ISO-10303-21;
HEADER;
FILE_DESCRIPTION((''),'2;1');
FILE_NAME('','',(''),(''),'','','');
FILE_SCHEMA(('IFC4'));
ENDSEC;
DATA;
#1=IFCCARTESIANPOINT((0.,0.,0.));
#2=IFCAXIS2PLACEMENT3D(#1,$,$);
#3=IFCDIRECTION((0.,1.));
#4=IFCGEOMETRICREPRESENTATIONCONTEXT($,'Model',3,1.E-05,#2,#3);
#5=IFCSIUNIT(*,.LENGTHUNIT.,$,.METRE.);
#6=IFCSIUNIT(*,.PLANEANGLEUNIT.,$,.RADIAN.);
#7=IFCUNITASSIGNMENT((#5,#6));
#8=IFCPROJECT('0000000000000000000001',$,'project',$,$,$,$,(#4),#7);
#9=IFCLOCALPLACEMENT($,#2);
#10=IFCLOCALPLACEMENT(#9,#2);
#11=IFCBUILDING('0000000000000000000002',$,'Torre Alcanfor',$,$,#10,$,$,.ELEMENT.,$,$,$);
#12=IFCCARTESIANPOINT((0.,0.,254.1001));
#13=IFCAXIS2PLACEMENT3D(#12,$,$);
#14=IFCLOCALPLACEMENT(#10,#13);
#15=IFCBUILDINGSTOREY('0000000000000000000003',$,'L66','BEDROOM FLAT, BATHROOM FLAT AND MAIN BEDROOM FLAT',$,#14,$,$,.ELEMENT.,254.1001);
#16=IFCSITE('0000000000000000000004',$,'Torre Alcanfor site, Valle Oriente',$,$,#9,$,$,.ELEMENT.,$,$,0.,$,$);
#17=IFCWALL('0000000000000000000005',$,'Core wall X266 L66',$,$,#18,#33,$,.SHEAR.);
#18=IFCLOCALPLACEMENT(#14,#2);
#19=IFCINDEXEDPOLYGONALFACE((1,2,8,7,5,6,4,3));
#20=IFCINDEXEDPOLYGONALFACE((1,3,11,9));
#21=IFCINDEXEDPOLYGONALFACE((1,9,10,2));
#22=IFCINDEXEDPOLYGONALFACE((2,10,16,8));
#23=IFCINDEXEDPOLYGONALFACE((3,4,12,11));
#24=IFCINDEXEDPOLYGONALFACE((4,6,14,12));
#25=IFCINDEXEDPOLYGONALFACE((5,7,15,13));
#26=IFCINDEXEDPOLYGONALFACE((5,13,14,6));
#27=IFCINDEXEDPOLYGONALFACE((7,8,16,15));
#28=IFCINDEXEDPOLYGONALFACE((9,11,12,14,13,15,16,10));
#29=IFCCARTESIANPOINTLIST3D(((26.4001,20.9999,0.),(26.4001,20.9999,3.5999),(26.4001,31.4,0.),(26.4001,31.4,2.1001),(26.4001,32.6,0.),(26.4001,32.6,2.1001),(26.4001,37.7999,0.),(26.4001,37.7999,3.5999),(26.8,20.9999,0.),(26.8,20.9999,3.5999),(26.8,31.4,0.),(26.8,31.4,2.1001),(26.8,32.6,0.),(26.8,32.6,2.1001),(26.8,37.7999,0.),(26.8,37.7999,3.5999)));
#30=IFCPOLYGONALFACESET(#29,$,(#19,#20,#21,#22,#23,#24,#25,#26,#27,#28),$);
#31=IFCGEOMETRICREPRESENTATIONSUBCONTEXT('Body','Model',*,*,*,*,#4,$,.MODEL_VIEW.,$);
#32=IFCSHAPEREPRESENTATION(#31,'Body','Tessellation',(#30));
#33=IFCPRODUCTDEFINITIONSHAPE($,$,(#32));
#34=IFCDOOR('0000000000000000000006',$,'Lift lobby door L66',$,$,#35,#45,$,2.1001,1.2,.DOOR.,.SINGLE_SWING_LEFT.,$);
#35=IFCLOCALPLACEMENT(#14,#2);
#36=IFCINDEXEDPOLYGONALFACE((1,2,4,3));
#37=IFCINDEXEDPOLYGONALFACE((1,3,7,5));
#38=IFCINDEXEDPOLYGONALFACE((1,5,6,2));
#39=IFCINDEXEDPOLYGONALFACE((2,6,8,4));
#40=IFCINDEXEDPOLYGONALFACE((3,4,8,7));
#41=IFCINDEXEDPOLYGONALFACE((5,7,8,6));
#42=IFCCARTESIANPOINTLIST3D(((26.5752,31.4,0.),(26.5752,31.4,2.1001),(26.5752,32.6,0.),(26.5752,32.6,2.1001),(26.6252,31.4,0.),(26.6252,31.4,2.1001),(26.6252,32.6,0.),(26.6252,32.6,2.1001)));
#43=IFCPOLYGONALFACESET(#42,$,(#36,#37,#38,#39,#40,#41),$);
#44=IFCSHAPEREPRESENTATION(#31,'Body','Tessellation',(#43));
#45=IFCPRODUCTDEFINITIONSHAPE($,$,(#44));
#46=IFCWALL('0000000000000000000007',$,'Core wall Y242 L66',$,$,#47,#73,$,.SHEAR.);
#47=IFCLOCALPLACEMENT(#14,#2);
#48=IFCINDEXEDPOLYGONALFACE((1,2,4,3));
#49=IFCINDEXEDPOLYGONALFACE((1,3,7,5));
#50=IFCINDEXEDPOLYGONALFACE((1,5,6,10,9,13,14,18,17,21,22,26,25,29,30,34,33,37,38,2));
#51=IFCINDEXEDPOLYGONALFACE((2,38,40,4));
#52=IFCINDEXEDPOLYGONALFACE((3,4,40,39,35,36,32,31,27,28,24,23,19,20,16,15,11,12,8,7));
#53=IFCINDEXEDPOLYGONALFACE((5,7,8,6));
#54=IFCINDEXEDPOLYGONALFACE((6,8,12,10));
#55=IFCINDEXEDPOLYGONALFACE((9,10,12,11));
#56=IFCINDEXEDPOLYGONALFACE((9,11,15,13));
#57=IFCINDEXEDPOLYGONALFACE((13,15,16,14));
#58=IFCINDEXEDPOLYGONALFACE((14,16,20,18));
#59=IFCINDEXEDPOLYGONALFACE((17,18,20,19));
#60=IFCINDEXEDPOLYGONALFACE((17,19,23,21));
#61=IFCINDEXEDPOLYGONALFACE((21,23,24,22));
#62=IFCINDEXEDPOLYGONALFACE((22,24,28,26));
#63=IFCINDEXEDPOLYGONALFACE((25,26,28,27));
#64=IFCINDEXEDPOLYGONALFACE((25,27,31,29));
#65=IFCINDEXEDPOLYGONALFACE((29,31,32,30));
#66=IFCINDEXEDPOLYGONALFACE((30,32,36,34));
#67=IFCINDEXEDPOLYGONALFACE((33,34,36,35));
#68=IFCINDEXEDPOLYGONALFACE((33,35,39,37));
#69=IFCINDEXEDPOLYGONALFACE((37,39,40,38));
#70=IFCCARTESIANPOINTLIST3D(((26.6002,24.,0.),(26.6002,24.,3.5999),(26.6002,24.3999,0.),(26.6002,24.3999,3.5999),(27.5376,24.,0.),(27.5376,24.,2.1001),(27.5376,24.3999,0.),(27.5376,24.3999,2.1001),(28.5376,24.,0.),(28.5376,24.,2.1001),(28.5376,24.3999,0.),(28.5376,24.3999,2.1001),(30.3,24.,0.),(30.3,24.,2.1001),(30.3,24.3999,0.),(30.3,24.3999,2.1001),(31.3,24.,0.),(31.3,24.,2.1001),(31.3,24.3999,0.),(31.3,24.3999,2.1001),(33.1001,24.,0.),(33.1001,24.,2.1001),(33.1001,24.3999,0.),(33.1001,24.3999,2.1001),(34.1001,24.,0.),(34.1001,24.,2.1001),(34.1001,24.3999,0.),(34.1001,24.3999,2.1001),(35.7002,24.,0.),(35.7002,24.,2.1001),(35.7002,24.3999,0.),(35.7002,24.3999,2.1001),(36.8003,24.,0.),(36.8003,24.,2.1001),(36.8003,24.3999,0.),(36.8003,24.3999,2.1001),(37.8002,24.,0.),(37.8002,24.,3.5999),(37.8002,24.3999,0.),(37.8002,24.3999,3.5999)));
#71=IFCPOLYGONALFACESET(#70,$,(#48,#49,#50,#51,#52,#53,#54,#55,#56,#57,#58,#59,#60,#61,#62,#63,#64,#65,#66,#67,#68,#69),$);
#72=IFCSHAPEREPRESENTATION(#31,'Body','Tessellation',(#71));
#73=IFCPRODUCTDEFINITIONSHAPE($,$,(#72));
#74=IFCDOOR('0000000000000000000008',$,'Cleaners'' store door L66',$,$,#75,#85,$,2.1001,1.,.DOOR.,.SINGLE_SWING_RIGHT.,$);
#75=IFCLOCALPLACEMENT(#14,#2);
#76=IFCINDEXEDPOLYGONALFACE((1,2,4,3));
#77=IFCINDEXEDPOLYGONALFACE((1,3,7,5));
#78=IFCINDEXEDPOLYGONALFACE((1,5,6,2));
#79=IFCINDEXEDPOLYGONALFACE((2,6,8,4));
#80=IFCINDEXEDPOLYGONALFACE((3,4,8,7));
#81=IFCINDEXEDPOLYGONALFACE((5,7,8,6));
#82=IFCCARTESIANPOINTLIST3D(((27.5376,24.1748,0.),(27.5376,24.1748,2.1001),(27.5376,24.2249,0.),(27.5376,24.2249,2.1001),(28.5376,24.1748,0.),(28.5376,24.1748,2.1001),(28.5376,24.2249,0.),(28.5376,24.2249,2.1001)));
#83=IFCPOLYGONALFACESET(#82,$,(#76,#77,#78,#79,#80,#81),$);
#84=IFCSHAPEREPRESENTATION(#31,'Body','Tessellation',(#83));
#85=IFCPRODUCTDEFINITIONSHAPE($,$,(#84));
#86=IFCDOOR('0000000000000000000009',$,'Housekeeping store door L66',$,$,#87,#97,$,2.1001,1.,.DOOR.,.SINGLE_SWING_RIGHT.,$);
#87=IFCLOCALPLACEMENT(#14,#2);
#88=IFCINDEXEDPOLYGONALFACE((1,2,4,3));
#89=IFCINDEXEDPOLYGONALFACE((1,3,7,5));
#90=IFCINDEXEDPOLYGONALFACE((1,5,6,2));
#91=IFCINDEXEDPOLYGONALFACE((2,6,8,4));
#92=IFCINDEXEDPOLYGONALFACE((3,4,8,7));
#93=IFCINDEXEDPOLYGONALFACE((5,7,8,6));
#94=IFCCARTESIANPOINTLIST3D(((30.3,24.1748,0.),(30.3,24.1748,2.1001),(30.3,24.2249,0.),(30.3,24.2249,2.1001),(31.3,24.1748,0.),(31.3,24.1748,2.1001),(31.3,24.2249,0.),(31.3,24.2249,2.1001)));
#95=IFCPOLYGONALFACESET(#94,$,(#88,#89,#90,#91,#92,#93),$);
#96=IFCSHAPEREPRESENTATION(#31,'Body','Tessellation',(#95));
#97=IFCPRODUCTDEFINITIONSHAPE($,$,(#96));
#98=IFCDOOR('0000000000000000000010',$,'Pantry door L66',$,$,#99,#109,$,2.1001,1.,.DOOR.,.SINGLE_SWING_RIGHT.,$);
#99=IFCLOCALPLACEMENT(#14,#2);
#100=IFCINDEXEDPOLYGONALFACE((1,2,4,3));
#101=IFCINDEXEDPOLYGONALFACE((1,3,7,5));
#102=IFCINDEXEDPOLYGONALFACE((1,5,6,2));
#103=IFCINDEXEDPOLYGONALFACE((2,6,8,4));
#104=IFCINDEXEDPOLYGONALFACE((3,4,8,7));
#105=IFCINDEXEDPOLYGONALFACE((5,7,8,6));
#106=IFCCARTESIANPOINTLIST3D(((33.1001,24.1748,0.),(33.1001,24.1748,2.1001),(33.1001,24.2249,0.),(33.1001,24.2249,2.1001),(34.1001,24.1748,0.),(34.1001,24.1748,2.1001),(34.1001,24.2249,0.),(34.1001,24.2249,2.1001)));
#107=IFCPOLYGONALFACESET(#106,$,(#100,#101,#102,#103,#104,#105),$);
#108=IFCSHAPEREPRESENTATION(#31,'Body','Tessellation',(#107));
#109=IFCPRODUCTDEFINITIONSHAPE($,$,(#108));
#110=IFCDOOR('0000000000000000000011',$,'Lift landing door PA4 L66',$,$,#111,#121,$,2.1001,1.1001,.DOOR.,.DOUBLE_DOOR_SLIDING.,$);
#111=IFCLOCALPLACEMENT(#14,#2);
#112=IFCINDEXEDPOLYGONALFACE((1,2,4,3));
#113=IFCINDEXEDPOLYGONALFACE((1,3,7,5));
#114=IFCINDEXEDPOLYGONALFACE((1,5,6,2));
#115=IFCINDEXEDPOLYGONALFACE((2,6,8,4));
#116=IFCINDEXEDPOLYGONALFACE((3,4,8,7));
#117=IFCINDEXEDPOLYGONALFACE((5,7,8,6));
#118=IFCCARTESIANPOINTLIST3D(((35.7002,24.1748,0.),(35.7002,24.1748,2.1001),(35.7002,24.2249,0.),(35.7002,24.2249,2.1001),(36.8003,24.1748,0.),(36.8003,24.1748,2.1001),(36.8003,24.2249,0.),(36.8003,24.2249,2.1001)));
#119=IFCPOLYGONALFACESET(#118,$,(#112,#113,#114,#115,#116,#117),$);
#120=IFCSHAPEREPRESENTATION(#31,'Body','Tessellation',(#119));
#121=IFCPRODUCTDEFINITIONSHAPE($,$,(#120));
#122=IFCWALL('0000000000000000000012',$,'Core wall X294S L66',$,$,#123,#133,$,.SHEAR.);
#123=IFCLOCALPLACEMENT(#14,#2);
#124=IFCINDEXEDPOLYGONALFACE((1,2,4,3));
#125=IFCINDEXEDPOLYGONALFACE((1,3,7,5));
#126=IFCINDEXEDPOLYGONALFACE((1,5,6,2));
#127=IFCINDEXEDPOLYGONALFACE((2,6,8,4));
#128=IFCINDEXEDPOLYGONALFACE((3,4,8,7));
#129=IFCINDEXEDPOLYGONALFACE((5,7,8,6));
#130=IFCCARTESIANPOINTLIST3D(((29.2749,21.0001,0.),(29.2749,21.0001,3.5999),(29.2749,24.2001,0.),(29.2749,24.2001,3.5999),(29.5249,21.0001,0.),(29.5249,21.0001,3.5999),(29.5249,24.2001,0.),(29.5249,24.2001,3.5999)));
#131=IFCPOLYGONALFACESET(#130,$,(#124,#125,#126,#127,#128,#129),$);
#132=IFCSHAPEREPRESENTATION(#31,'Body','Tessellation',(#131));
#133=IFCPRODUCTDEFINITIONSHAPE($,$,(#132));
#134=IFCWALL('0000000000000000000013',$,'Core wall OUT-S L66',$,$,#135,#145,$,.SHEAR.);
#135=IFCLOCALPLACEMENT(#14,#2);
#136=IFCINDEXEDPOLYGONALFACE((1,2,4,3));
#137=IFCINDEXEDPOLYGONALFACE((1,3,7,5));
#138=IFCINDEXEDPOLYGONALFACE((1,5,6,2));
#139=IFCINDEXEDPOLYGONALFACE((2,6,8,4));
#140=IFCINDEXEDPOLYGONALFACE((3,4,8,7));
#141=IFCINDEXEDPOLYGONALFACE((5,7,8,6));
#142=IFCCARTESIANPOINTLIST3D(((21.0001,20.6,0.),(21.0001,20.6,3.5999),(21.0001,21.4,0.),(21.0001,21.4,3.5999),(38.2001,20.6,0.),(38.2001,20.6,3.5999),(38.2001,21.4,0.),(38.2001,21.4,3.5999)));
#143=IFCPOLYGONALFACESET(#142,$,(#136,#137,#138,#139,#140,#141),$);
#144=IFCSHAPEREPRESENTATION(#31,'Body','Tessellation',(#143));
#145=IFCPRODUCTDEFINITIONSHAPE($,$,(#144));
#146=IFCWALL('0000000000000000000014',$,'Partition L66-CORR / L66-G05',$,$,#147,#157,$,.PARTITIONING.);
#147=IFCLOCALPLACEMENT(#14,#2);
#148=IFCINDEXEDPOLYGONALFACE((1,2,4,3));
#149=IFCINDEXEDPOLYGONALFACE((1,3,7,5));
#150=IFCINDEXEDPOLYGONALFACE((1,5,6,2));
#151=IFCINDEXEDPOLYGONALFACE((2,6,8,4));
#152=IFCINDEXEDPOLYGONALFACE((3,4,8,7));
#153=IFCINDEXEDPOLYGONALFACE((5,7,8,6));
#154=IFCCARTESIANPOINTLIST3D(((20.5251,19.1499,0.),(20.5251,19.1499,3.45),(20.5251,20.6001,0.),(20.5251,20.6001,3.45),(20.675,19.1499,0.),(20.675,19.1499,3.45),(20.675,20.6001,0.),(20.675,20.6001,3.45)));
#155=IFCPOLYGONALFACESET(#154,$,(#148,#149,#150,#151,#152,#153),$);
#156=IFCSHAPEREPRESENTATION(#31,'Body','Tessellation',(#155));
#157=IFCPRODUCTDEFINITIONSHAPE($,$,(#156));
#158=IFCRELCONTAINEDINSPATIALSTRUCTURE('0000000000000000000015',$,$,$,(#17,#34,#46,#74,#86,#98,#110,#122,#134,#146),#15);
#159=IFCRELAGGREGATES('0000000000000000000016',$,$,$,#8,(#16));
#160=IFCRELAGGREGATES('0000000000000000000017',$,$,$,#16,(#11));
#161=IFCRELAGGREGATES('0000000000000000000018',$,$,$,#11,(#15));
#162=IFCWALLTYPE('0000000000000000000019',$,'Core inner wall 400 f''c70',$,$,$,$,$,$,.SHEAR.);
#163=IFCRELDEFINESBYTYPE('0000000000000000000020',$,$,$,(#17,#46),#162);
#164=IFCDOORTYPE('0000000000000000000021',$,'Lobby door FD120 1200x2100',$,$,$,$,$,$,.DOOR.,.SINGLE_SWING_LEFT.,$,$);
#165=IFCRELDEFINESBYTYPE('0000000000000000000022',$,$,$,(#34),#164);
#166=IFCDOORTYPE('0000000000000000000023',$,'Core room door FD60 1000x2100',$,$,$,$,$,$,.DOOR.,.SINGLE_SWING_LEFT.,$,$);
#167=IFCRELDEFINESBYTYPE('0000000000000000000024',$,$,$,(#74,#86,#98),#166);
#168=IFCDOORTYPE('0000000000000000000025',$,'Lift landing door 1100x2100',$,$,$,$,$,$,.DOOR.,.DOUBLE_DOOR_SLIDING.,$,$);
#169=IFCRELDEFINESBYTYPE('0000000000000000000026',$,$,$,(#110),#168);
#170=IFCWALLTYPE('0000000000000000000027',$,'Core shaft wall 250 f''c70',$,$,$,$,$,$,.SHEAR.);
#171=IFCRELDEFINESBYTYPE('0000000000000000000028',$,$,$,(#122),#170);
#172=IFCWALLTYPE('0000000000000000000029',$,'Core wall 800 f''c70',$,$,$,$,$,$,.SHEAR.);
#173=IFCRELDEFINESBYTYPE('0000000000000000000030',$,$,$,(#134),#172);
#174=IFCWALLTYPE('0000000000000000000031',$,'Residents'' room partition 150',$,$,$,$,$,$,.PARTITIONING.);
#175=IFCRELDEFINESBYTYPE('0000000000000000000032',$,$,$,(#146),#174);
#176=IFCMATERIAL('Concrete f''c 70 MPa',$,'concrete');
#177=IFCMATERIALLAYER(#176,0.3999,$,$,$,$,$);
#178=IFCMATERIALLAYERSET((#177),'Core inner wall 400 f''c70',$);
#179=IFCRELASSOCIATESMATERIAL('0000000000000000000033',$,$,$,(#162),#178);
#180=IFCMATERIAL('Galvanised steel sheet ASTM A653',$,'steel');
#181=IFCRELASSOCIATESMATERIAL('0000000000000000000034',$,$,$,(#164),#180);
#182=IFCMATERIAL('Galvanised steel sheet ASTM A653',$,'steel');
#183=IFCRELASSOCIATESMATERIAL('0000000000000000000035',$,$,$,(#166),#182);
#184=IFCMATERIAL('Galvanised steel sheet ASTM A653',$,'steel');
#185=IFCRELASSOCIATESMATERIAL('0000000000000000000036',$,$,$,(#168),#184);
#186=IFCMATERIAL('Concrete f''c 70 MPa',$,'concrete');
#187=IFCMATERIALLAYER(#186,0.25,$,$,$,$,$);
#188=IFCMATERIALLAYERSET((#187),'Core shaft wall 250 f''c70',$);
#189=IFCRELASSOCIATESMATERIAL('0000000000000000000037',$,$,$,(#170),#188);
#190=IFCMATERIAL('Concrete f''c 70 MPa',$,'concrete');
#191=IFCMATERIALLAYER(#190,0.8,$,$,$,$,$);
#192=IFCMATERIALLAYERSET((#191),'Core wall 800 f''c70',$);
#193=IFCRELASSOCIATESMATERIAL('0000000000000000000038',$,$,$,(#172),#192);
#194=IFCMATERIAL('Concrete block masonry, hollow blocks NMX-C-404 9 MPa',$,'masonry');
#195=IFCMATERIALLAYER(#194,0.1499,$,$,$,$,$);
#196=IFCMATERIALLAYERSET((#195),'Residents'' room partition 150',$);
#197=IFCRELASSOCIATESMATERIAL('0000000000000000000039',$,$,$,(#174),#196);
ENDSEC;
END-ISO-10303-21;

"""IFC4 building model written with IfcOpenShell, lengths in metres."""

from ifc_helpers import new_model, si_unit, direction, frame, frame_2d, origin, place, context, subcontext, project, spatial, rectangle, extrude, material, layer, layer_set, type_object, element, fill, save


model = new_model("IFC4")

# Units and contexts
model_context = context("Model", 3, precision=1e-05, world=origin(), true_north=direction((0.0, 1.0)))
body_context = subcontext(model_context, "Body", "Model", "MODEL_VIEW")
ifc_project = project(units=[si_unit("LENGTHUNIT", "METRE"), si_unit("PLANEANGLEUNIT", "RADIAN")], contexts=[model_context])

# Site, building, storey
site_placement = place(None, origin())
site = spatial("IfcSite", under=ifc_project, at=site_placement, Name="Torre Alcanfor site, Valle Oriente", CompositionType="ELEMENT", RefElevation=0.0)
building_placement = place(site_placement, origin())
building = spatial("IfcBuilding", under=site, at=building_placement, Name="Torre Alcanfor", CompositionType="ELEMENT")
storey_placement = place(building_placement, frame((0.0, 0.0, 254.1001)))
storey = spatial("IfcBuildingStorey", under=building, at=storey_placement, Name="L66", Description="BEDROOM FLAT, BATHROOM FLAT AND MAIN BEDROOM FLAT", CompositionType="ELEMENT", Elevation=254.1001)

# Wall, opening, door
ifc_material_1 = material(Name="Concrete f'c 70 MPa", Category="concrete")
ifc_layer_1 = layer(ifc_material_1, 0.3999)
ifc_layer_set_1 = layer_set([ifc_layer_1], Name="Core inner wall 400 f'c70")
wall_type_1 = type_object("IfcWallType", Name="Core inner wall 400 f'c70", PredefinedType="SHEAR", material=ifc_layer_set_1)
wall_1_placement = place(storey_placement, frame((26.6001, 21.0, 0.0), z_axis=(0.0, 0.0, 1.0), x_axis=(0.0, 1.0, 0.0)))
wall_1 = element("IfcWall", 1, at=wall_1_placement, inside=storey, type_object=wall_type_1, Name="Core wall X266 L66", PredefinedType="SHEAR", context=body_context, shape_type="SweptSolid", body=[
    extrude(rectangle(XDim=16.8, YDim=0.3999, at=frame_2d((8.3999, 0.0))), origin(), (0.0, 0.0, 1.0), 3.5999),
])
opening_1_placement = place(wall_1_placement, frame((10.3999, 0.0, 0.0)))
opening_1 = element("IfcOpeningElement", 2, at=opening_1_placement, cuts=wall_1, PredefinedType="OPENING", context=body_context, shape_type="SweptSolid", body=[
    extrude(rectangle(XDim=1.2, YDim=2.1001, at=frame_2d((0.6001, 1.05))), frame((0.0, 0.21, 0.0), z_axis=(0.0, -1.0, 0.0), x_axis=(1.0, 0.0, 0.0)), (0.0, 0.0, 1.0), 0.4199),
])
ifc_material_2 = material(Name="Galvanised steel sheet ASTM A653", Category="steel")
door_type_1 = type_object("IfcDoorType", Name="Lobby door FD120 1200x2100", OperationType="SINGLE_SWING_LEFT", PredefinedType="DOOR", material=ifc_material_2)
door_1_placement = place(opening_1_placement, origin())
door_1 = element("IfcDoor", 3, at=door_1_placement, inside=storey, type_object=door_type_1, Name="Lift lobby door L66", OperationType="SINGLE_SWING_LEFT", OverallHeight=2.1001, OverallWidth=1.2, PredefinedType="DOOR", context=body_context, shape_type="SweptSolid", body=[
    extrude(rectangle(XDim=1.2, YDim=2.1001, at=frame_2d((0.6001, 1.05))), frame((0.0, 0.0249, 0.0), z_axis=(0.0, -1.0, 0.0), x_axis=(1.0, 0.0, 0.0)), (0.0, 0.0, 1.0), 0.05),
])
fill(opening_1, door_1)

# Wall, openings, doors
wall_2_placement = place(storey_placement, frame((26.6001, 24.2, 0.0), z_axis=(0.0, 0.0, 1.0), x_axis=(1.0, 0.0, 0.0)))
wall_2 = element("IfcWall", 4, at=wall_2_placement, inside=storey, type_object=wall_type_1, Name="Core wall Y242 L66", PredefinedType="SHEAR", context=body_context, shape_type="SweptSolid", body=[
    extrude(rectangle(XDim=11.2, YDim=0.3999, at=frame_2d((5.6001, 0.0))), origin(), (0.0, 0.0, 1.0), 3.5999),
])
opening_2_placement = place(wall_2_placement, frame((0.9375, 0.0, 0.0)))
opening_2 = element("IfcOpeningElement", 5, at=opening_2_placement, cuts=wall_2, PredefinedType="OPENING", context=body_context, shape_type="SweptSolid", body=[
    extrude(rectangle(XDim=1.0, YDim=2.1001, at=frame_2d((0.5, 1.05))), frame((0.0, 0.21, 0.0), z_axis=(0.0, -1.0, 0.0), x_axis=(1.0, 0.0, 0.0)), (0.0, 0.0, 1.0), 0.4199),
])
opening_3_placement = place(wall_2_placement, frame((3.7, 0.0, 0.0)))
opening_3 = element("IfcOpeningElement", 6, at=opening_3_placement, cuts=wall_2, PredefinedType="OPENING", context=body_context, shape_type="SweptSolid", body=[
    extrude(rectangle(XDim=1.0, YDim=2.1001, at=frame_2d((0.5, 1.05))), frame((0.0, 0.21, 0.0), z_axis=(0.0, -1.0, 0.0), x_axis=(1.0, 0.0, 0.0)), (0.0, 0.0, 1.0), 0.4199),
])
opening_4_placement = place(wall_2_placement, frame((6.5, 0.0, 0.0)))
opening_4 = element("IfcOpeningElement", 7, at=opening_4_placement, cuts=wall_2, PredefinedType="OPENING", context=body_context, shape_type="SweptSolid", body=[
    extrude(rectangle(XDim=1.0, YDim=2.1001, at=frame_2d((0.5, 1.05))), frame((0.0, 0.21, 0.0), z_axis=(0.0, -1.0, 0.0), x_axis=(1.0, 0.0, 0.0)), (0.0, 0.0, 1.0), 0.4199),
])
opening_5_placement = place(wall_2_placement, frame((9.1001, 0.0, 0.0)))
opening_5 = element("IfcOpeningElement", 8, at=opening_5_placement, cuts=wall_2, PredefinedType="OPENING", context=body_context, shape_type="SweptSolid", body=[
    extrude(rectangle(XDim=1.1001, YDim=2.1001, at=frame_2d((0.55, 1.05))), frame((0.0, 0.21, 0.0), z_axis=(0.0, -1.0, 0.0), x_axis=(1.0, 0.0, 0.0)), (0.0, 0.0, 1.0), 0.4199),
])
ifc_material_3 = material(Name="Galvanised steel sheet ASTM A653", Category="steel")
door_type_2 = type_object("IfcDoorType", Name="Core room door FD60 1000x2100", OperationType="SINGLE_SWING_LEFT", PredefinedType="DOOR", material=ifc_material_3)
door_2_placement = place(opening_2_placement, frame((1.0, 0.0, 0.0), z_axis=(0.0, 0.0, 1.0), x_axis=(-1.0, 0.0, 0.0)))
door_2 = element("IfcDoor", 9, at=door_2_placement, inside=storey, type_object=door_type_2, Name="Cleaners' store door L66", OperationType="SINGLE_SWING_RIGHT", OverallHeight=2.1001, OverallWidth=1.0, PredefinedType="DOOR", context=body_context, shape_type="SweptSolid", body=[
    extrude(rectangle(XDim=1.0, YDim=2.1001, at=frame_2d((0.5, 1.05))), frame((0.0, 0.0251, 0.0), z_axis=(0.0, -1.0, 0.0), x_axis=(1.0, 0.0, 0.0)), (0.0, 0.0, 1.0), 0.05),
])
fill(opening_2, door_2)
door_3_placement = place(opening_3_placement, frame((1.0, 0.0, 0.0), z_axis=(0.0, 0.0, 1.0), x_axis=(-1.0, 0.0, 0.0)))
door_3 = element("IfcDoor", 10, at=door_3_placement, inside=storey, type_object=door_type_2, Name="Housekeeping store door L66", OperationType="SINGLE_SWING_RIGHT", OverallHeight=2.1001, OverallWidth=1.0, PredefinedType="DOOR", context=body_context, shape_type="SweptSolid", body=[
    extrude(rectangle(XDim=1.0, YDim=2.1001, at=frame_2d((0.5, 1.05))), frame((0.0, 0.0251, 0.0), z_axis=(0.0, -1.0, 0.0), x_axis=(1.0, 0.0, 0.0)), (0.0, 0.0, 1.0), 0.05),
])
fill(opening_3, door_3)
door_4_placement = place(opening_4_placement, frame((1.0, 0.0, 0.0), z_axis=(0.0, 0.0, 1.0), x_axis=(-1.0, 0.0, 0.0)))
door_4 = element("IfcDoor", 11, at=door_4_placement, inside=storey, type_object=door_type_2, Name="Pantry door L66", OperationType="SINGLE_SWING_RIGHT", OverallHeight=2.1001, OverallWidth=1.0, PredefinedType="DOOR", context=body_context, shape_type="SweptSolid", body=[
    extrude(rectangle(XDim=1.0, YDim=2.1001, at=frame_2d((0.5, 1.05))), frame((0.0, 0.0251, 0.0), z_axis=(0.0, -1.0, 0.0), x_axis=(1.0, 0.0, 0.0)), (0.0, 0.0, 1.0), 0.05),
])
fill(opening_4, door_4)
ifc_material_4 = material(Name="Galvanised steel sheet ASTM A653", Category="steel")
door_type_3 = type_object("IfcDoorType", Name="Lift landing door 1100x2100", OperationType="DOUBLE_DOOR_SLIDING", PredefinedType="DOOR", material=ifc_material_4)
door_5_placement = place(opening_5_placement, origin())
door_5 = element("IfcDoor", 12, at=door_5_placement, inside=storey, type_object=door_type_3, Name="Lift landing door PA4 L66", OperationType="DOUBLE_DOOR_SLIDING", OverallHeight=2.1001, OverallWidth=1.1001, PredefinedType="DOOR", context=body_context, shape_type="SweptSolid", body=[
    extrude(rectangle(XDim=1.1001, YDim=2.1001, at=frame_2d((0.55, 1.05))), frame((0.0, 0.0249, 0.0), z_axis=(0.0, -1.0, 0.0), x_axis=(1.0, 0.0, 0.0)), (0.0, 0.0, 1.0), 0.05),
])
fill(opening_5, door_5)

# Walls
ifc_material_5 = material(Name="Concrete f'c 70 MPa", Category="concrete")
ifc_layer_2 = layer(ifc_material_5, 0.25)
ifc_layer_set_2 = layer_set([ifc_layer_2], Name="Core shaft wall 250 f'c70")
wall_type_2 = type_object("IfcWallType", Name="Core shaft wall 250 f'c70", PredefinedType="SHEAR", material=ifc_layer_set_2)
wall_3_placement = place(storey_placement, frame((29.3999, 21.0, 0.0), z_axis=(0.0, 0.0, 1.0), x_axis=(0.0, 1.0, 0.0)))
element("IfcWall", 13, at=wall_3_placement, inside=storey, type_object=wall_type_2, Name="Core wall X294S L66", PredefinedType="SHEAR", context=body_context, shape_type="SweptSolid", body=[
    extrude(rectangle(XDim=3.2, YDim=0.25, at=frame_2d((1.6001, 0.0))), origin(), (0.0, 0.0, 1.0), 3.5999),
])
ifc_material_6 = material(Name="Concrete f'c 70 MPa", Category="concrete")
ifc_layer_3 = layer(ifc_material_6, 0.8)
ifc_layer_set_3 = layer_set([ifc_layer_3], Name="Core wall 800 f'c70")
wall_type_3 = type_object("IfcWallType", Name="Core wall 800 f'c70", PredefinedType="SHEAR", material=ifc_layer_set_3)
wall_4_placement = place(storey_placement, frame((21.0, 21.0, 0.0), z_axis=(0.0, 0.0, 1.0), x_axis=(1.0, 0.0, 0.0)))
element("IfcWall", 14, at=wall_4_placement, inside=storey, type_object=wall_type_3, Name="Core wall OUT-S L66", PredefinedType="SHEAR", context=body_context, shape_type="SweptSolid", body=[
    extrude(rectangle(XDim=17.2, YDim=0.8, at=frame_2d((8.6001, 0.0))), origin(), (0.0, 0.0, 1.0), 3.5999),
])
ifc_material_7 = material(Name="Concrete block masonry, hollow blocks NMX-C-404 9 MPa", Category="masonry")
ifc_layer_4 = layer(ifc_material_7, 0.1499)
ifc_layer_set_4 = layer_set([ifc_layer_4], Name="Residents' room partition 150")
wall_type_4 = type_object("IfcWallType", Name="Residents' room partition 150", PredefinedType="PARTITIONING", material=ifc_layer_set_4)
wall_5_placement = place(storey_placement, frame((20.6001, 20.6001, 0.0), z_axis=(0.0, 0.0, 1.0), x_axis=(0.0, -1.0, 0.0)))
element("IfcWall", 15, at=wall_5_placement, inside=storey, type_object=wall_type_4, Name="Partition L66-CORR / L66-G05", PredefinedType="PARTITIONING", context=body_context, shape_type="SweptSolid", body=[
    extrude(rectangle(XDim=1.4502, YDim=0.1499, at=frame_2d((0.7251, 0.0))), origin(), (0.0, 0.0, 1.0), 3.45),
])

save(model, "model.ifc")
